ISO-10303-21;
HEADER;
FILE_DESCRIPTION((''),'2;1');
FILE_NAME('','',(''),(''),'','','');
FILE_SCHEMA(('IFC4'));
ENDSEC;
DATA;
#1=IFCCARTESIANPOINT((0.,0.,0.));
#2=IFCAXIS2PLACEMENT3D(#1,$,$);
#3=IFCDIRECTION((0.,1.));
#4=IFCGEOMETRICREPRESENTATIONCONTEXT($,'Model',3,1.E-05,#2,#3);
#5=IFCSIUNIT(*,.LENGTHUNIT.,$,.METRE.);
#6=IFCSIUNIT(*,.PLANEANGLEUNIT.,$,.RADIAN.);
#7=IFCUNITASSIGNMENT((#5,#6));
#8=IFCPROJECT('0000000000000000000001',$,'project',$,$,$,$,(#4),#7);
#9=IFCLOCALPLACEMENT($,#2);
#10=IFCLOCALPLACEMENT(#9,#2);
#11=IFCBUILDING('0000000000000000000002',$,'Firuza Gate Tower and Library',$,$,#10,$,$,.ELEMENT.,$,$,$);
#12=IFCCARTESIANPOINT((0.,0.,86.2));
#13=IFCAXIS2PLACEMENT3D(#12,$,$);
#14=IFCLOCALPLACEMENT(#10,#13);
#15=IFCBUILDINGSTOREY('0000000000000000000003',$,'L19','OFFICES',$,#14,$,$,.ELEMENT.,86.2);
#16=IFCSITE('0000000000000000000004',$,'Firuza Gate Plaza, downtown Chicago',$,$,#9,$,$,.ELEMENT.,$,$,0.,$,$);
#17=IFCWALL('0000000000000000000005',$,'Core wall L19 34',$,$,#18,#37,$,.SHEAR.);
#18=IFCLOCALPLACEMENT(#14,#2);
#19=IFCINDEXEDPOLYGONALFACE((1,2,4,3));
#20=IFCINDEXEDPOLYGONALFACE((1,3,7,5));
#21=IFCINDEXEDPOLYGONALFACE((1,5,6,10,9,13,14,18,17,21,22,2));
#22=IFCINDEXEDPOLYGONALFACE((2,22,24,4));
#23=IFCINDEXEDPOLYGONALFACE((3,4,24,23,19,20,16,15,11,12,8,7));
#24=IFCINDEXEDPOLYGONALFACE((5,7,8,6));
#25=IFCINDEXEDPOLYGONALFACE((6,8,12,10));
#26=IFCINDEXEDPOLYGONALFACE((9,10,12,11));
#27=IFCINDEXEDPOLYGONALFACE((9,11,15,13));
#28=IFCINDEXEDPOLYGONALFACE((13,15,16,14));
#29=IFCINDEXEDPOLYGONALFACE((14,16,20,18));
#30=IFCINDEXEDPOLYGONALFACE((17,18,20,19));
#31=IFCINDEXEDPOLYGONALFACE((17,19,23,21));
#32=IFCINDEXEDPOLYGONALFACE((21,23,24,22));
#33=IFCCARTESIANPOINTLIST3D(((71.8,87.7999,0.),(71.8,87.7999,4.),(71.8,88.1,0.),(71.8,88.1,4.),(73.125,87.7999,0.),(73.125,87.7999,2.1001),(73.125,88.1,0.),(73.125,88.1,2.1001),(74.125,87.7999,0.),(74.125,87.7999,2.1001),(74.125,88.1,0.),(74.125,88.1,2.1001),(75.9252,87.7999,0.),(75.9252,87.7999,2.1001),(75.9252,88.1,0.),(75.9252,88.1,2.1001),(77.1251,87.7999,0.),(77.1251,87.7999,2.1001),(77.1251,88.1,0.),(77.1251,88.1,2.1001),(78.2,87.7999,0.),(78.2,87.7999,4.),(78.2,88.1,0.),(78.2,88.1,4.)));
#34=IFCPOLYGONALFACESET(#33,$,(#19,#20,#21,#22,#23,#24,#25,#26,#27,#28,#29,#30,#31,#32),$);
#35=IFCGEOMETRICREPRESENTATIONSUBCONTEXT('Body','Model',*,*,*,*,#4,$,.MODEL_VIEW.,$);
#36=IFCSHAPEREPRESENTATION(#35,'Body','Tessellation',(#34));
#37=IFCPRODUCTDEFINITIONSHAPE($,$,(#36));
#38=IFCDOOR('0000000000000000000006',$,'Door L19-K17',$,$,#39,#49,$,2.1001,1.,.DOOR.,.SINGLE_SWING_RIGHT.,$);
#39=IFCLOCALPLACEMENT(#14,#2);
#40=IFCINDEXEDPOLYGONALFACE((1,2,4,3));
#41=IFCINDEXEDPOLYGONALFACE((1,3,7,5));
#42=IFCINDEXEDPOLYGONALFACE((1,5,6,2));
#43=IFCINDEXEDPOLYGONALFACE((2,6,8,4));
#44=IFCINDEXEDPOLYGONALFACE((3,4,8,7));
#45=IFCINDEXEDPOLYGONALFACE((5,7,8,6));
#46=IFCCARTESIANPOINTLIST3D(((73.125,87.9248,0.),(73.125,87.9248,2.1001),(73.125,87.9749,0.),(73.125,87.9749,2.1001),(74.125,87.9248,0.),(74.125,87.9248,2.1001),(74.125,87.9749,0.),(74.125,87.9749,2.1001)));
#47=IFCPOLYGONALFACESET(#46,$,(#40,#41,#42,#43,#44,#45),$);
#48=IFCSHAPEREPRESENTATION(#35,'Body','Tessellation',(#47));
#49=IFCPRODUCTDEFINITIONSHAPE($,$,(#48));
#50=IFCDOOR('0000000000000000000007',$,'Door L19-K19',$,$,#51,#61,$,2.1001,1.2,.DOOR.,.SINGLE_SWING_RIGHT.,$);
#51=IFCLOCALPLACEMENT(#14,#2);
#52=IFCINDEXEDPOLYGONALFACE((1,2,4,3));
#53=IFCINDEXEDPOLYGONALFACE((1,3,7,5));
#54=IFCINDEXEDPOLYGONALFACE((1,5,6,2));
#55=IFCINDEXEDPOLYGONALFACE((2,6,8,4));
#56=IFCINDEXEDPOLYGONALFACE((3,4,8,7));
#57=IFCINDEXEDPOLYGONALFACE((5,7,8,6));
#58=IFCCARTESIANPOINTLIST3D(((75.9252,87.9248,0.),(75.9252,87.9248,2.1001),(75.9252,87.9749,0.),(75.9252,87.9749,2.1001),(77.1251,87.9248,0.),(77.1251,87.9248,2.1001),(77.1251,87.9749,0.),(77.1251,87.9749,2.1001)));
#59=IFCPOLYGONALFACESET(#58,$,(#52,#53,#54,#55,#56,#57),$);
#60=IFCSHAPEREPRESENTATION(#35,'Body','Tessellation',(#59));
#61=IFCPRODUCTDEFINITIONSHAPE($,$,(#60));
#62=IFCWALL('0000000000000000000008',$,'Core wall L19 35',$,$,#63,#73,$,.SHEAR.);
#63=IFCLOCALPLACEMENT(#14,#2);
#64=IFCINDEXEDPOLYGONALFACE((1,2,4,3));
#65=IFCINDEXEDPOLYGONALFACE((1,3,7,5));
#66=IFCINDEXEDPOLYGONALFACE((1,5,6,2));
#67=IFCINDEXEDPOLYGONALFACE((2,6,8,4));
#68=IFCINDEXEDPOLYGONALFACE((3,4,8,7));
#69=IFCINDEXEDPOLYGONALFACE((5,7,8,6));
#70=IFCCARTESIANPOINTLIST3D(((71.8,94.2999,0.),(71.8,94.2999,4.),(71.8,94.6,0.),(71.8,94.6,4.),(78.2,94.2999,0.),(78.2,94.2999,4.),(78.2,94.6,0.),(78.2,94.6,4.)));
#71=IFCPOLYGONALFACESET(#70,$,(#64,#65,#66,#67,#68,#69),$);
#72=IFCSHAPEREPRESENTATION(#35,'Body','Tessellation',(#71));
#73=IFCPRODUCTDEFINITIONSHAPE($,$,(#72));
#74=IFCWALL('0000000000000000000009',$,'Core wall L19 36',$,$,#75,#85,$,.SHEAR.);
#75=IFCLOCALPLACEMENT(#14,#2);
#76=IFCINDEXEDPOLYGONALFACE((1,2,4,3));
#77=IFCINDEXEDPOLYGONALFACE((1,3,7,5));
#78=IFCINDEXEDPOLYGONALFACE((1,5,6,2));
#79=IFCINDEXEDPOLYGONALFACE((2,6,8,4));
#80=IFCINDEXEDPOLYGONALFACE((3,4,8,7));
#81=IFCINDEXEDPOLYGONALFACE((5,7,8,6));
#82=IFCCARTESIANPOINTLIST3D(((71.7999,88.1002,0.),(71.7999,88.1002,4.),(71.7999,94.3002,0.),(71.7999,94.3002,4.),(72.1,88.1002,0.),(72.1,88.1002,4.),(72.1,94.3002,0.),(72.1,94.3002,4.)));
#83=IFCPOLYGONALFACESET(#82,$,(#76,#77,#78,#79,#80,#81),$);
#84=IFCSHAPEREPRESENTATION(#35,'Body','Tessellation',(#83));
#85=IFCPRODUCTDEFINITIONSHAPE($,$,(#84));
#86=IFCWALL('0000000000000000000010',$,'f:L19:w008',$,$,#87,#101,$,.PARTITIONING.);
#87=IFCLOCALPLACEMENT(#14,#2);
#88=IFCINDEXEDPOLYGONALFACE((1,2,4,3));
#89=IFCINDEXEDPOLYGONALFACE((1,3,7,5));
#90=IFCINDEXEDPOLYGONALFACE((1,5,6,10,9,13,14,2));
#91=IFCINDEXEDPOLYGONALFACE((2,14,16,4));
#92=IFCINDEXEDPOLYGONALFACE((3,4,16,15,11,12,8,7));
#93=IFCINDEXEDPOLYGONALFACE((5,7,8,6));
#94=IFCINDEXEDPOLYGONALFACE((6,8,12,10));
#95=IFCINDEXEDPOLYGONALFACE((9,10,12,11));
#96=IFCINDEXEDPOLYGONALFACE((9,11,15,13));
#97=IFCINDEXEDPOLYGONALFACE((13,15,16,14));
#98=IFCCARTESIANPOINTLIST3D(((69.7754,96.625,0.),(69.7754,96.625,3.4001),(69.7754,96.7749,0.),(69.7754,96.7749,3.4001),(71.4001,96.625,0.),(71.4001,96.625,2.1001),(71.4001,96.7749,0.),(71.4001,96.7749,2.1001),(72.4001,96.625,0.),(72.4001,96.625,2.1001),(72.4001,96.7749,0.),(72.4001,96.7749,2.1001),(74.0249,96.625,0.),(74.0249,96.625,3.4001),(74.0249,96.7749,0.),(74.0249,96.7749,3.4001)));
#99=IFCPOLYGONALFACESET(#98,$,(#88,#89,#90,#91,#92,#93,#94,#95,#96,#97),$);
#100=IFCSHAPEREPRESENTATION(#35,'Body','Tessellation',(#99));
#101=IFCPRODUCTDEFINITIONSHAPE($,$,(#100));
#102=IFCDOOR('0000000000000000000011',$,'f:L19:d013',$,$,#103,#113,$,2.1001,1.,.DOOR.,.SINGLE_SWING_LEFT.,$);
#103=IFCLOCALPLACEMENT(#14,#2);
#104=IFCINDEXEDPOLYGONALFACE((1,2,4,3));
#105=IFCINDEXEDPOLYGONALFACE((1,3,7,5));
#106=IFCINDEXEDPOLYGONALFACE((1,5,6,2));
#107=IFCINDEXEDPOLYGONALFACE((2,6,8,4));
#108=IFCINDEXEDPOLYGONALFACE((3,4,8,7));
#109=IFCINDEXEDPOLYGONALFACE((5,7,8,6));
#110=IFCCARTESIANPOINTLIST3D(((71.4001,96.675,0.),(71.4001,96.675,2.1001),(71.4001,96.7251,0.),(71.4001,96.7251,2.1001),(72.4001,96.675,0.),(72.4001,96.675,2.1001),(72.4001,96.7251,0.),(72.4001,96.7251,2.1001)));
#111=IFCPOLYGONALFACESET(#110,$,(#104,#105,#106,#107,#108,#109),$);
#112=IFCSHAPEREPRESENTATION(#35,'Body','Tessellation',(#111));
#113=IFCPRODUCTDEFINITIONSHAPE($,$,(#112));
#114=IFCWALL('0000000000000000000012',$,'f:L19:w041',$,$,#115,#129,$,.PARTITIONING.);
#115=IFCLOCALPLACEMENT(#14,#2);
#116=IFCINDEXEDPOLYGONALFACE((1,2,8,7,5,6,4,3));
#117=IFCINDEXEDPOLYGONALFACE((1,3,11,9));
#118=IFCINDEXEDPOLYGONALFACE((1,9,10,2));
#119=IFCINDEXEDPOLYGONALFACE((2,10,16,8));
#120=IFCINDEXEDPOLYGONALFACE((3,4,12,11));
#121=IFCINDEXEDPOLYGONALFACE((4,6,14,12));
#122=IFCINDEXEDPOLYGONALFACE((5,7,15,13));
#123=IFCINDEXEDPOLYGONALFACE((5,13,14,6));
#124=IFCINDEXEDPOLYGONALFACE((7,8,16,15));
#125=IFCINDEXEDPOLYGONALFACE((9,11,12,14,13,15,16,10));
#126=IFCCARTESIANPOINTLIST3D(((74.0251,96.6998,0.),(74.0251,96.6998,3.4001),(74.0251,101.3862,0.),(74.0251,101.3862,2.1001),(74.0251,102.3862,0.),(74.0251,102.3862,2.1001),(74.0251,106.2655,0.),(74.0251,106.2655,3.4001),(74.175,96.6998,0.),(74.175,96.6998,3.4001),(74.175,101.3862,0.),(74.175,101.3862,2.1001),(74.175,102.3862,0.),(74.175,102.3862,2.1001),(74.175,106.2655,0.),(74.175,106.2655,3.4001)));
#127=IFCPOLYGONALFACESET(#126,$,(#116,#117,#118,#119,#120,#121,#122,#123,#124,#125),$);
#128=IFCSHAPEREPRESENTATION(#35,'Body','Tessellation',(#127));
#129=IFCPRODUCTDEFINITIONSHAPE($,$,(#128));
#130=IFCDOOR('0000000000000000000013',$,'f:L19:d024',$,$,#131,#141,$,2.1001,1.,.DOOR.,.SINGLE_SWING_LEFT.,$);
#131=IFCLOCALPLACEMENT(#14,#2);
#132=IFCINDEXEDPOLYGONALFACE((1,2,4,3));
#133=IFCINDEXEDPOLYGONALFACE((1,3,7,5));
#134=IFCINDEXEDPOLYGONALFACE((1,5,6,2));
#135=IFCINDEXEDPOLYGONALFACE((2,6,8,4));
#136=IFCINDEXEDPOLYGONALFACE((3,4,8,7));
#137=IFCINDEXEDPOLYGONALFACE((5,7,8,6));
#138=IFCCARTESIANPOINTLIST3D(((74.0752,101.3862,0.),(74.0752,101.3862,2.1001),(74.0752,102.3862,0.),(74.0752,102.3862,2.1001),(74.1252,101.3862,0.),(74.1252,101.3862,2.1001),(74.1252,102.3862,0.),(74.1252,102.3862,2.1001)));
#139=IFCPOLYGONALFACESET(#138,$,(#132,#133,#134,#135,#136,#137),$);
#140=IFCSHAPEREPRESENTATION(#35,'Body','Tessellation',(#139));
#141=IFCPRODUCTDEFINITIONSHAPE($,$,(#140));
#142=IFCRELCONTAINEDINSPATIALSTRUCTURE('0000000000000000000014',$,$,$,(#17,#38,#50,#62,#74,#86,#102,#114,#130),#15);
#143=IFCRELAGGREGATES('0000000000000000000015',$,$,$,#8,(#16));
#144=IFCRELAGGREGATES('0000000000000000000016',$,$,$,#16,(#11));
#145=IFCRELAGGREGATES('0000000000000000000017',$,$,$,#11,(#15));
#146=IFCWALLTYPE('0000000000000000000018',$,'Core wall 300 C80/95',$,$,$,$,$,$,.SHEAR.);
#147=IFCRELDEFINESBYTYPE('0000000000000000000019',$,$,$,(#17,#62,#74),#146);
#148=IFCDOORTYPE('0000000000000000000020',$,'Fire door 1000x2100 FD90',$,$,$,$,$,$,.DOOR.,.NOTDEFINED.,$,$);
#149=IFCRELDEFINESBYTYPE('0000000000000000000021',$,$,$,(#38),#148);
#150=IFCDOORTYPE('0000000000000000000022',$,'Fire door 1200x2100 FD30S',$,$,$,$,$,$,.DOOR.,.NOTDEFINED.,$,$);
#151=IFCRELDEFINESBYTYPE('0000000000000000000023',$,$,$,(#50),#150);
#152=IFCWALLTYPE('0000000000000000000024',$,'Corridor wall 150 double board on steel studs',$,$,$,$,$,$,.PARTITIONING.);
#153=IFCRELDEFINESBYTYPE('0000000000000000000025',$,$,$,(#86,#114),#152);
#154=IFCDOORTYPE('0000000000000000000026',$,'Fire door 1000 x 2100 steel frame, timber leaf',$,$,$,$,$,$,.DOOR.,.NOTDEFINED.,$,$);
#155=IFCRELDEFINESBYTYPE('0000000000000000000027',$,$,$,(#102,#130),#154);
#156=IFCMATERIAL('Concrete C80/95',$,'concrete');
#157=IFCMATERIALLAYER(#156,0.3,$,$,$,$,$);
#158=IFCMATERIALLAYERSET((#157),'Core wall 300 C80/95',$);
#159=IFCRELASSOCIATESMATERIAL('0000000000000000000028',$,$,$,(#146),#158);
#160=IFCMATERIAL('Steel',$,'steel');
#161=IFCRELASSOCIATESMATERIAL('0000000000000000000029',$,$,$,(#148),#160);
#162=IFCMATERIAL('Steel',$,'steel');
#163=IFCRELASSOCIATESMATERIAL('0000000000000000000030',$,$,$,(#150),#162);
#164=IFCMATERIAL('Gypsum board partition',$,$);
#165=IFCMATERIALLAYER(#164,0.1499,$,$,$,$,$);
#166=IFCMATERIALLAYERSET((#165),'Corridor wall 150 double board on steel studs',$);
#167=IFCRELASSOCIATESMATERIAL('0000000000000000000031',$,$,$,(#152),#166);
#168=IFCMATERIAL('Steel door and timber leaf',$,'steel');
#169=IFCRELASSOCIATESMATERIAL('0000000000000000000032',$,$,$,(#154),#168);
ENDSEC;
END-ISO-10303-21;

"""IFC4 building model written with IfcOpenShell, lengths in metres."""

from ifc_helpers import new_model, si_unit, direction, frame, frame_2d, origin, place, context, subcontext, project, spatial, rectangle, extrude, material, layer, layer_set, type_object, element, fill, save


model = new_model("IFC4")

# Units and contexts
model_context = context("Model", 3, precision=1e-05, world=origin(), true_north=direction((0.0, 1.0)))
body_context = subcontext(model_context, "Body", "Model", "MODEL_VIEW")
ifc_project = project(units=[si_unit("LENGTHUNIT", "METRE"), si_unit("PLANEANGLEUNIT", "RADIAN")], contexts=[model_context])

# Site, building, storey
site_placement = place(None, origin())
site = spatial("IfcSite", under=ifc_project, at=site_placement, Name="Firuza Gate Plaza, downtown Chicago", CompositionType="ELEMENT", RefElevation=0.0)
building_placement = place(site_placement, origin())
building = spatial("IfcBuilding", under=site, at=building_placement, Name="Firuza Gate Tower and Library", CompositionType="ELEMENT")
storey_placement = place(building_placement, frame((0.0, 0.0, 86.2)))
storey = spatial("IfcBuildingStorey", under=building, at=storey_placement, Name="L19", Description="OFFICES", CompositionType="ELEMENT", Elevation=86.2)

# Wall, openings, doors
ifc_material_1 = material(Name="Concrete C80/95", Category="concrete")
ifc_layer_1 = layer(ifc_material_1, 0.3)
ifc_layer_set_1 = layer_set([ifc_layer_1], Name="Core wall 300 C80/95")
wall_type_1 = type_object("IfcWallType", Name="Core wall 300 C80/95", PredefinedType="SHEAR", material=ifc_layer_set_1)
wall_1_placement = place(storey_placement, frame((71.8, 87.95, 0.0), z_axis=(0.0, 0.0, 1.0), x_axis=(1.0, 0.0, 0.0)))
wall_1 = element("IfcWall", 1, at=wall_1_placement, inside=storey, type_object=wall_type_1, Name="Core wall L19 34", PredefinedType="SHEAR", context=body_context, shape_type="SweptSolid", body=[
    extrude(rectangle(XDim=6.3999, YDim=0.3, at=frame_2d((3.2, 0.0))), origin(), (0.0, 0.0, 1.0), 4.0),
])
opening_1_placement = place(wall_1_placement, frame((1.325, 0.0, 0.0)))
opening_1 = element("IfcOpeningElement", 2, at=opening_1_placement, cuts=wall_1, PredefinedType="OPENING", context=body_context, shape_type="SweptSolid", body=[
    extrude(rectangle(XDim=1.0, YDim=2.1001, at=frame_2d((0.5, 1.05))), frame((0.0, 0.1602, 0.0), z_axis=(0.0, -1.0, 0.0), x_axis=(1.0, 0.0, 0.0)), (0.0, 0.0, 1.0), 0.3201),
])
opening_2_placement = place(wall_1_placement, frame((4.125, 0.0, 0.0)))
opening_2 = element("IfcOpeningElement", 3, at=opening_2_placement, cuts=wall_1, PredefinedType="OPENING", context=body_context, shape_type="SweptSolid", body=[
    extrude(rectangle(XDim=1.2, YDim=2.1001, at=frame_2d((0.6001, 1.05))), frame((0.0, 0.1602, 0.0), z_axis=(0.0, -1.0, 0.0), x_axis=(1.0, 0.0, 0.0)), (0.0, 0.0, 1.0), 0.3201),
])
ifc_material_2 = material(Name="Steel", Category="steel")
door_type_1 = type_object("IfcDoorType", Name="Fire door 1000x2100 FD90", OperationType="NOTDEFINED", PredefinedType="DOOR", material=ifc_material_2)
door_1_placement = place(opening_1_placement, origin())
door_1 = element("IfcDoor", 4, at=door_1_placement, inside=storey, type_object=door_type_1, Name="Door L19-K17", OperationType="SINGLE_SWING_RIGHT", OverallHeight=2.1001, OverallWidth=1.0, PredefinedType="DOOR", context=body_context, shape_type="SweptSolid", body=[
    extrude(rectangle(XDim=1.0, YDim=2.1001, at=frame_2d((0.5, 1.05))), frame((0.0, 0.0249, 0.0), z_axis=(0.0, -1.0, 0.0), x_axis=(1.0, 0.0, 0.0)), (0.0, 0.0, 1.0), 0.05),
])
fill(opening_1, door_1)
ifc_material_3 = material(Name="Steel", Category="steel")
door_type_2 = type_object("IfcDoorType", Name="Fire door 1200x2100 FD30S", OperationType="NOTDEFINED", PredefinedType="DOOR", material=ifc_material_3)
door_2_placement = place(opening_2_placement, origin())
door_2 = element("IfcDoor", 5, at=door_2_placement, inside=storey, type_object=door_type_2, Name="Door L19-K19", OperationType="SINGLE_SWING_RIGHT", OverallHeight=2.1001, OverallWidth=1.2, PredefinedType="DOOR", context=body_context, shape_type="SweptSolid", body=[
    extrude(rectangle(XDim=1.2, YDim=2.1001, at=frame_2d((0.6001, 1.05))), frame((0.0, 0.0249, 0.0), z_axis=(0.0, -1.0, 0.0), x_axis=(1.0, 0.0, 0.0)), (0.0, 0.0, 1.0), 0.05),
])
fill(opening_2, door_2)

# Walls
wall_2_placement = place(storey_placement, frame((71.8, 94.45, 0.0), z_axis=(0.0, 0.0, 1.0), x_axis=(1.0, 0.0, 0.0)))
element("IfcWall", 6, at=wall_2_placement, inside=storey, type_object=wall_type_1, Name="Core wall L19 35", PredefinedType="SHEAR", context=body_context, shape_type="SweptSolid", body=[
    extrude(rectangle(XDim=6.3999, YDim=0.3, at=frame_2d((3.2, 0.0))), origin(), (0.0, 0.0, 1.0), 4.0),
])
wall_3_placement = place(storey_placement, frame((71.95, 88.1001, 0.0), z_axis=(0.0, 0.0, 1.0), x_axis=(0.0, 1.0, 0.0)))
element("IfcWall", 7, at=wall_3_placement, inside=storey, type_object=wall_type_1, Name="Core wall L19 36", PredefinedType="SHEAR", context=body_context, shape_type="SweptSolid", body=[
    extrude(rectangle(XDim=6.2, YDim=0.3, at=frame_2d((3.1001, 0.0))), origin(), (0.0, 0.0, 1.0), 4.0),
])

# Walls, openings, doors
ifc_material_4 = material(Name="Gypsum board partition")
ifc_layer_2 = layer(ifc_material_4, 0.1499)
ifc_layer_set_2 = layer_set([ifc_layer_2], Name="Corridor wall 150 double board on steel studs")
wall_type_2 = type_object("IfcWallType", Name="Corridor wall 150 double board on steel studs", PredefinedType="PARTITIONING", material=ifc_layer_set_2)
wall_4_placement = place(storey_placement, frame((74.0249, 96.7, 0.0), z_axis=(0.0, 0.0, 1.0), x_axis=(-1.0, 0.0, 0.0)))
wall_4 = element("IfcWall", 8, at=wall_4_placement, inside=storey, type_object=wall_type_2, Name="f:L19:w008", PredefinedType="PARTITIONING", context=body_context, shape_type="SweptSolid", body=[
    extrude(rectangle(XDim=4.2495, YDim=0.1499, at=frame_2d((2.1248, 0.0))), origin(), (0.0, 0.0, 1.0), 3.4001),
])
opening_3_placement = place(wall_4_placement, frame((1.6248, 0.0, 0.0)))
opening_3 = element("IfcOpeningElement", 9, at=opening_3_placement, cuts=wall_4, PredefinedType="OPENING", context=body_context, shape_type="SweptSolid", body=[
    extrude(rectangle(XDim=1.0, YDim=2.1001, at=frame_2d((0.5, 1.05))), frame((0.0, 0.085, 0.0), z_axis=(0.0, -1.0, 0.0), x_axis=(1.0, 0.0, 0.0)), (0.0, 0.0, 1.0), 0.1699),
])
ifc_material_5 = material(Name="Steel door and timber leaf", Category="steel")
door_type_3 = type_object("IfcDoorType", Name="Fire door 1000 x 2100 steel frame, timber leaf", OperationType="NOTDEFINED", PredefinedType="DOOR", material=ifc_material_5)
door_3_placement = place(opening_3_placement, origin())
door_3 = element("IfcDoor", 10, at=door_3_placement, inside=storey, type_object=door_type_3, Name="f:L19:d013", OperationType="SINGLE_SWING_LEFT", OverallHeight=2.1001, OverallWidth=1.0, PredefinedType="DOOR", context=body_context, shape_type="SweptSolid", body=[
    extrude(rectangle(XDim=1.0, YDim=2.1001, at=frame_2d((0.5, 1.05))), frame((0.0, 0.0249, 0.0), z_axis=(0.0, -1.0, 0.0), x_axis=(1.0, 0.0, 0.0)), (0.0, 0.0, 1.0), 0.05),
])
fill(opening_3, door_3)
wall_5_placement = place(storey_placement, frame((74.1001, 96.7, 0.0), z_axis=(0.0, 0.0, 1.0), x_axis=(0.0, 1.0, 0.0)))
wall_5 = element("IfcWall", 11, at=wall_5_placement, inside=storey, type_object=wall_type_2, Name="f:L19:w041", PredefinedType="PARTITIONING", context=body_context, shape_type="SweptSolid", body=[
    extrude(rectangle(XDim=9.5657, YDim=0.1499, at=frame_2d((4.7827, 0.0))), origin(), (0.0, 0.0, 1.0), 3.4001),
])
opening_4_placement = place(wall_5_placement, frame((4.6863, 0.0, 0.0)))
opening_4 = element("IfcOpeningElement", 12, at=opening_4_placement, cuts=wall_5, PredefinedType="OPENING", context=body_context, shape_type="SweptSolid", body=[
    extrude(rectangle(XDim=1.0, YDim=2.1001, at=frame_2d((0.5, 1.05))), frame((0.0, 0.085, 0.0), z_axis=(0.0, -1.0, 0.0), x_axis=(1.0, 0.0, 0.0)), (0.0, 0.0, 1.0), 0.1699),
])
door_4_placement = place(opening_4_placement, origin())
door_4 = element("IfcDoor", 13, at=door_4_placement, inside=storey, type_object=door_type_3, Name="f:L19:d024", OperationType="SINGLE_SWING_LEFT", OverallHeight=2.1001, OverallWidth=1.0, PredefinedType="DOOR", context=body_context, shape_type="SweptSolid", body=[
    extrude(rectangle(XDim=1.0, YDim=2.1001, at=frame_2d((0.5, 1.05))), frame((0.0, 0.0249, 0.0), z_axis=(0.0, -1.0, 0.0), x_axis=(1.0, 0.0, 0.0)), (0.0, 0.0, 1.0), 0.05),
])
fill(opening_4, door_4)

save(model, "model.ifc")
